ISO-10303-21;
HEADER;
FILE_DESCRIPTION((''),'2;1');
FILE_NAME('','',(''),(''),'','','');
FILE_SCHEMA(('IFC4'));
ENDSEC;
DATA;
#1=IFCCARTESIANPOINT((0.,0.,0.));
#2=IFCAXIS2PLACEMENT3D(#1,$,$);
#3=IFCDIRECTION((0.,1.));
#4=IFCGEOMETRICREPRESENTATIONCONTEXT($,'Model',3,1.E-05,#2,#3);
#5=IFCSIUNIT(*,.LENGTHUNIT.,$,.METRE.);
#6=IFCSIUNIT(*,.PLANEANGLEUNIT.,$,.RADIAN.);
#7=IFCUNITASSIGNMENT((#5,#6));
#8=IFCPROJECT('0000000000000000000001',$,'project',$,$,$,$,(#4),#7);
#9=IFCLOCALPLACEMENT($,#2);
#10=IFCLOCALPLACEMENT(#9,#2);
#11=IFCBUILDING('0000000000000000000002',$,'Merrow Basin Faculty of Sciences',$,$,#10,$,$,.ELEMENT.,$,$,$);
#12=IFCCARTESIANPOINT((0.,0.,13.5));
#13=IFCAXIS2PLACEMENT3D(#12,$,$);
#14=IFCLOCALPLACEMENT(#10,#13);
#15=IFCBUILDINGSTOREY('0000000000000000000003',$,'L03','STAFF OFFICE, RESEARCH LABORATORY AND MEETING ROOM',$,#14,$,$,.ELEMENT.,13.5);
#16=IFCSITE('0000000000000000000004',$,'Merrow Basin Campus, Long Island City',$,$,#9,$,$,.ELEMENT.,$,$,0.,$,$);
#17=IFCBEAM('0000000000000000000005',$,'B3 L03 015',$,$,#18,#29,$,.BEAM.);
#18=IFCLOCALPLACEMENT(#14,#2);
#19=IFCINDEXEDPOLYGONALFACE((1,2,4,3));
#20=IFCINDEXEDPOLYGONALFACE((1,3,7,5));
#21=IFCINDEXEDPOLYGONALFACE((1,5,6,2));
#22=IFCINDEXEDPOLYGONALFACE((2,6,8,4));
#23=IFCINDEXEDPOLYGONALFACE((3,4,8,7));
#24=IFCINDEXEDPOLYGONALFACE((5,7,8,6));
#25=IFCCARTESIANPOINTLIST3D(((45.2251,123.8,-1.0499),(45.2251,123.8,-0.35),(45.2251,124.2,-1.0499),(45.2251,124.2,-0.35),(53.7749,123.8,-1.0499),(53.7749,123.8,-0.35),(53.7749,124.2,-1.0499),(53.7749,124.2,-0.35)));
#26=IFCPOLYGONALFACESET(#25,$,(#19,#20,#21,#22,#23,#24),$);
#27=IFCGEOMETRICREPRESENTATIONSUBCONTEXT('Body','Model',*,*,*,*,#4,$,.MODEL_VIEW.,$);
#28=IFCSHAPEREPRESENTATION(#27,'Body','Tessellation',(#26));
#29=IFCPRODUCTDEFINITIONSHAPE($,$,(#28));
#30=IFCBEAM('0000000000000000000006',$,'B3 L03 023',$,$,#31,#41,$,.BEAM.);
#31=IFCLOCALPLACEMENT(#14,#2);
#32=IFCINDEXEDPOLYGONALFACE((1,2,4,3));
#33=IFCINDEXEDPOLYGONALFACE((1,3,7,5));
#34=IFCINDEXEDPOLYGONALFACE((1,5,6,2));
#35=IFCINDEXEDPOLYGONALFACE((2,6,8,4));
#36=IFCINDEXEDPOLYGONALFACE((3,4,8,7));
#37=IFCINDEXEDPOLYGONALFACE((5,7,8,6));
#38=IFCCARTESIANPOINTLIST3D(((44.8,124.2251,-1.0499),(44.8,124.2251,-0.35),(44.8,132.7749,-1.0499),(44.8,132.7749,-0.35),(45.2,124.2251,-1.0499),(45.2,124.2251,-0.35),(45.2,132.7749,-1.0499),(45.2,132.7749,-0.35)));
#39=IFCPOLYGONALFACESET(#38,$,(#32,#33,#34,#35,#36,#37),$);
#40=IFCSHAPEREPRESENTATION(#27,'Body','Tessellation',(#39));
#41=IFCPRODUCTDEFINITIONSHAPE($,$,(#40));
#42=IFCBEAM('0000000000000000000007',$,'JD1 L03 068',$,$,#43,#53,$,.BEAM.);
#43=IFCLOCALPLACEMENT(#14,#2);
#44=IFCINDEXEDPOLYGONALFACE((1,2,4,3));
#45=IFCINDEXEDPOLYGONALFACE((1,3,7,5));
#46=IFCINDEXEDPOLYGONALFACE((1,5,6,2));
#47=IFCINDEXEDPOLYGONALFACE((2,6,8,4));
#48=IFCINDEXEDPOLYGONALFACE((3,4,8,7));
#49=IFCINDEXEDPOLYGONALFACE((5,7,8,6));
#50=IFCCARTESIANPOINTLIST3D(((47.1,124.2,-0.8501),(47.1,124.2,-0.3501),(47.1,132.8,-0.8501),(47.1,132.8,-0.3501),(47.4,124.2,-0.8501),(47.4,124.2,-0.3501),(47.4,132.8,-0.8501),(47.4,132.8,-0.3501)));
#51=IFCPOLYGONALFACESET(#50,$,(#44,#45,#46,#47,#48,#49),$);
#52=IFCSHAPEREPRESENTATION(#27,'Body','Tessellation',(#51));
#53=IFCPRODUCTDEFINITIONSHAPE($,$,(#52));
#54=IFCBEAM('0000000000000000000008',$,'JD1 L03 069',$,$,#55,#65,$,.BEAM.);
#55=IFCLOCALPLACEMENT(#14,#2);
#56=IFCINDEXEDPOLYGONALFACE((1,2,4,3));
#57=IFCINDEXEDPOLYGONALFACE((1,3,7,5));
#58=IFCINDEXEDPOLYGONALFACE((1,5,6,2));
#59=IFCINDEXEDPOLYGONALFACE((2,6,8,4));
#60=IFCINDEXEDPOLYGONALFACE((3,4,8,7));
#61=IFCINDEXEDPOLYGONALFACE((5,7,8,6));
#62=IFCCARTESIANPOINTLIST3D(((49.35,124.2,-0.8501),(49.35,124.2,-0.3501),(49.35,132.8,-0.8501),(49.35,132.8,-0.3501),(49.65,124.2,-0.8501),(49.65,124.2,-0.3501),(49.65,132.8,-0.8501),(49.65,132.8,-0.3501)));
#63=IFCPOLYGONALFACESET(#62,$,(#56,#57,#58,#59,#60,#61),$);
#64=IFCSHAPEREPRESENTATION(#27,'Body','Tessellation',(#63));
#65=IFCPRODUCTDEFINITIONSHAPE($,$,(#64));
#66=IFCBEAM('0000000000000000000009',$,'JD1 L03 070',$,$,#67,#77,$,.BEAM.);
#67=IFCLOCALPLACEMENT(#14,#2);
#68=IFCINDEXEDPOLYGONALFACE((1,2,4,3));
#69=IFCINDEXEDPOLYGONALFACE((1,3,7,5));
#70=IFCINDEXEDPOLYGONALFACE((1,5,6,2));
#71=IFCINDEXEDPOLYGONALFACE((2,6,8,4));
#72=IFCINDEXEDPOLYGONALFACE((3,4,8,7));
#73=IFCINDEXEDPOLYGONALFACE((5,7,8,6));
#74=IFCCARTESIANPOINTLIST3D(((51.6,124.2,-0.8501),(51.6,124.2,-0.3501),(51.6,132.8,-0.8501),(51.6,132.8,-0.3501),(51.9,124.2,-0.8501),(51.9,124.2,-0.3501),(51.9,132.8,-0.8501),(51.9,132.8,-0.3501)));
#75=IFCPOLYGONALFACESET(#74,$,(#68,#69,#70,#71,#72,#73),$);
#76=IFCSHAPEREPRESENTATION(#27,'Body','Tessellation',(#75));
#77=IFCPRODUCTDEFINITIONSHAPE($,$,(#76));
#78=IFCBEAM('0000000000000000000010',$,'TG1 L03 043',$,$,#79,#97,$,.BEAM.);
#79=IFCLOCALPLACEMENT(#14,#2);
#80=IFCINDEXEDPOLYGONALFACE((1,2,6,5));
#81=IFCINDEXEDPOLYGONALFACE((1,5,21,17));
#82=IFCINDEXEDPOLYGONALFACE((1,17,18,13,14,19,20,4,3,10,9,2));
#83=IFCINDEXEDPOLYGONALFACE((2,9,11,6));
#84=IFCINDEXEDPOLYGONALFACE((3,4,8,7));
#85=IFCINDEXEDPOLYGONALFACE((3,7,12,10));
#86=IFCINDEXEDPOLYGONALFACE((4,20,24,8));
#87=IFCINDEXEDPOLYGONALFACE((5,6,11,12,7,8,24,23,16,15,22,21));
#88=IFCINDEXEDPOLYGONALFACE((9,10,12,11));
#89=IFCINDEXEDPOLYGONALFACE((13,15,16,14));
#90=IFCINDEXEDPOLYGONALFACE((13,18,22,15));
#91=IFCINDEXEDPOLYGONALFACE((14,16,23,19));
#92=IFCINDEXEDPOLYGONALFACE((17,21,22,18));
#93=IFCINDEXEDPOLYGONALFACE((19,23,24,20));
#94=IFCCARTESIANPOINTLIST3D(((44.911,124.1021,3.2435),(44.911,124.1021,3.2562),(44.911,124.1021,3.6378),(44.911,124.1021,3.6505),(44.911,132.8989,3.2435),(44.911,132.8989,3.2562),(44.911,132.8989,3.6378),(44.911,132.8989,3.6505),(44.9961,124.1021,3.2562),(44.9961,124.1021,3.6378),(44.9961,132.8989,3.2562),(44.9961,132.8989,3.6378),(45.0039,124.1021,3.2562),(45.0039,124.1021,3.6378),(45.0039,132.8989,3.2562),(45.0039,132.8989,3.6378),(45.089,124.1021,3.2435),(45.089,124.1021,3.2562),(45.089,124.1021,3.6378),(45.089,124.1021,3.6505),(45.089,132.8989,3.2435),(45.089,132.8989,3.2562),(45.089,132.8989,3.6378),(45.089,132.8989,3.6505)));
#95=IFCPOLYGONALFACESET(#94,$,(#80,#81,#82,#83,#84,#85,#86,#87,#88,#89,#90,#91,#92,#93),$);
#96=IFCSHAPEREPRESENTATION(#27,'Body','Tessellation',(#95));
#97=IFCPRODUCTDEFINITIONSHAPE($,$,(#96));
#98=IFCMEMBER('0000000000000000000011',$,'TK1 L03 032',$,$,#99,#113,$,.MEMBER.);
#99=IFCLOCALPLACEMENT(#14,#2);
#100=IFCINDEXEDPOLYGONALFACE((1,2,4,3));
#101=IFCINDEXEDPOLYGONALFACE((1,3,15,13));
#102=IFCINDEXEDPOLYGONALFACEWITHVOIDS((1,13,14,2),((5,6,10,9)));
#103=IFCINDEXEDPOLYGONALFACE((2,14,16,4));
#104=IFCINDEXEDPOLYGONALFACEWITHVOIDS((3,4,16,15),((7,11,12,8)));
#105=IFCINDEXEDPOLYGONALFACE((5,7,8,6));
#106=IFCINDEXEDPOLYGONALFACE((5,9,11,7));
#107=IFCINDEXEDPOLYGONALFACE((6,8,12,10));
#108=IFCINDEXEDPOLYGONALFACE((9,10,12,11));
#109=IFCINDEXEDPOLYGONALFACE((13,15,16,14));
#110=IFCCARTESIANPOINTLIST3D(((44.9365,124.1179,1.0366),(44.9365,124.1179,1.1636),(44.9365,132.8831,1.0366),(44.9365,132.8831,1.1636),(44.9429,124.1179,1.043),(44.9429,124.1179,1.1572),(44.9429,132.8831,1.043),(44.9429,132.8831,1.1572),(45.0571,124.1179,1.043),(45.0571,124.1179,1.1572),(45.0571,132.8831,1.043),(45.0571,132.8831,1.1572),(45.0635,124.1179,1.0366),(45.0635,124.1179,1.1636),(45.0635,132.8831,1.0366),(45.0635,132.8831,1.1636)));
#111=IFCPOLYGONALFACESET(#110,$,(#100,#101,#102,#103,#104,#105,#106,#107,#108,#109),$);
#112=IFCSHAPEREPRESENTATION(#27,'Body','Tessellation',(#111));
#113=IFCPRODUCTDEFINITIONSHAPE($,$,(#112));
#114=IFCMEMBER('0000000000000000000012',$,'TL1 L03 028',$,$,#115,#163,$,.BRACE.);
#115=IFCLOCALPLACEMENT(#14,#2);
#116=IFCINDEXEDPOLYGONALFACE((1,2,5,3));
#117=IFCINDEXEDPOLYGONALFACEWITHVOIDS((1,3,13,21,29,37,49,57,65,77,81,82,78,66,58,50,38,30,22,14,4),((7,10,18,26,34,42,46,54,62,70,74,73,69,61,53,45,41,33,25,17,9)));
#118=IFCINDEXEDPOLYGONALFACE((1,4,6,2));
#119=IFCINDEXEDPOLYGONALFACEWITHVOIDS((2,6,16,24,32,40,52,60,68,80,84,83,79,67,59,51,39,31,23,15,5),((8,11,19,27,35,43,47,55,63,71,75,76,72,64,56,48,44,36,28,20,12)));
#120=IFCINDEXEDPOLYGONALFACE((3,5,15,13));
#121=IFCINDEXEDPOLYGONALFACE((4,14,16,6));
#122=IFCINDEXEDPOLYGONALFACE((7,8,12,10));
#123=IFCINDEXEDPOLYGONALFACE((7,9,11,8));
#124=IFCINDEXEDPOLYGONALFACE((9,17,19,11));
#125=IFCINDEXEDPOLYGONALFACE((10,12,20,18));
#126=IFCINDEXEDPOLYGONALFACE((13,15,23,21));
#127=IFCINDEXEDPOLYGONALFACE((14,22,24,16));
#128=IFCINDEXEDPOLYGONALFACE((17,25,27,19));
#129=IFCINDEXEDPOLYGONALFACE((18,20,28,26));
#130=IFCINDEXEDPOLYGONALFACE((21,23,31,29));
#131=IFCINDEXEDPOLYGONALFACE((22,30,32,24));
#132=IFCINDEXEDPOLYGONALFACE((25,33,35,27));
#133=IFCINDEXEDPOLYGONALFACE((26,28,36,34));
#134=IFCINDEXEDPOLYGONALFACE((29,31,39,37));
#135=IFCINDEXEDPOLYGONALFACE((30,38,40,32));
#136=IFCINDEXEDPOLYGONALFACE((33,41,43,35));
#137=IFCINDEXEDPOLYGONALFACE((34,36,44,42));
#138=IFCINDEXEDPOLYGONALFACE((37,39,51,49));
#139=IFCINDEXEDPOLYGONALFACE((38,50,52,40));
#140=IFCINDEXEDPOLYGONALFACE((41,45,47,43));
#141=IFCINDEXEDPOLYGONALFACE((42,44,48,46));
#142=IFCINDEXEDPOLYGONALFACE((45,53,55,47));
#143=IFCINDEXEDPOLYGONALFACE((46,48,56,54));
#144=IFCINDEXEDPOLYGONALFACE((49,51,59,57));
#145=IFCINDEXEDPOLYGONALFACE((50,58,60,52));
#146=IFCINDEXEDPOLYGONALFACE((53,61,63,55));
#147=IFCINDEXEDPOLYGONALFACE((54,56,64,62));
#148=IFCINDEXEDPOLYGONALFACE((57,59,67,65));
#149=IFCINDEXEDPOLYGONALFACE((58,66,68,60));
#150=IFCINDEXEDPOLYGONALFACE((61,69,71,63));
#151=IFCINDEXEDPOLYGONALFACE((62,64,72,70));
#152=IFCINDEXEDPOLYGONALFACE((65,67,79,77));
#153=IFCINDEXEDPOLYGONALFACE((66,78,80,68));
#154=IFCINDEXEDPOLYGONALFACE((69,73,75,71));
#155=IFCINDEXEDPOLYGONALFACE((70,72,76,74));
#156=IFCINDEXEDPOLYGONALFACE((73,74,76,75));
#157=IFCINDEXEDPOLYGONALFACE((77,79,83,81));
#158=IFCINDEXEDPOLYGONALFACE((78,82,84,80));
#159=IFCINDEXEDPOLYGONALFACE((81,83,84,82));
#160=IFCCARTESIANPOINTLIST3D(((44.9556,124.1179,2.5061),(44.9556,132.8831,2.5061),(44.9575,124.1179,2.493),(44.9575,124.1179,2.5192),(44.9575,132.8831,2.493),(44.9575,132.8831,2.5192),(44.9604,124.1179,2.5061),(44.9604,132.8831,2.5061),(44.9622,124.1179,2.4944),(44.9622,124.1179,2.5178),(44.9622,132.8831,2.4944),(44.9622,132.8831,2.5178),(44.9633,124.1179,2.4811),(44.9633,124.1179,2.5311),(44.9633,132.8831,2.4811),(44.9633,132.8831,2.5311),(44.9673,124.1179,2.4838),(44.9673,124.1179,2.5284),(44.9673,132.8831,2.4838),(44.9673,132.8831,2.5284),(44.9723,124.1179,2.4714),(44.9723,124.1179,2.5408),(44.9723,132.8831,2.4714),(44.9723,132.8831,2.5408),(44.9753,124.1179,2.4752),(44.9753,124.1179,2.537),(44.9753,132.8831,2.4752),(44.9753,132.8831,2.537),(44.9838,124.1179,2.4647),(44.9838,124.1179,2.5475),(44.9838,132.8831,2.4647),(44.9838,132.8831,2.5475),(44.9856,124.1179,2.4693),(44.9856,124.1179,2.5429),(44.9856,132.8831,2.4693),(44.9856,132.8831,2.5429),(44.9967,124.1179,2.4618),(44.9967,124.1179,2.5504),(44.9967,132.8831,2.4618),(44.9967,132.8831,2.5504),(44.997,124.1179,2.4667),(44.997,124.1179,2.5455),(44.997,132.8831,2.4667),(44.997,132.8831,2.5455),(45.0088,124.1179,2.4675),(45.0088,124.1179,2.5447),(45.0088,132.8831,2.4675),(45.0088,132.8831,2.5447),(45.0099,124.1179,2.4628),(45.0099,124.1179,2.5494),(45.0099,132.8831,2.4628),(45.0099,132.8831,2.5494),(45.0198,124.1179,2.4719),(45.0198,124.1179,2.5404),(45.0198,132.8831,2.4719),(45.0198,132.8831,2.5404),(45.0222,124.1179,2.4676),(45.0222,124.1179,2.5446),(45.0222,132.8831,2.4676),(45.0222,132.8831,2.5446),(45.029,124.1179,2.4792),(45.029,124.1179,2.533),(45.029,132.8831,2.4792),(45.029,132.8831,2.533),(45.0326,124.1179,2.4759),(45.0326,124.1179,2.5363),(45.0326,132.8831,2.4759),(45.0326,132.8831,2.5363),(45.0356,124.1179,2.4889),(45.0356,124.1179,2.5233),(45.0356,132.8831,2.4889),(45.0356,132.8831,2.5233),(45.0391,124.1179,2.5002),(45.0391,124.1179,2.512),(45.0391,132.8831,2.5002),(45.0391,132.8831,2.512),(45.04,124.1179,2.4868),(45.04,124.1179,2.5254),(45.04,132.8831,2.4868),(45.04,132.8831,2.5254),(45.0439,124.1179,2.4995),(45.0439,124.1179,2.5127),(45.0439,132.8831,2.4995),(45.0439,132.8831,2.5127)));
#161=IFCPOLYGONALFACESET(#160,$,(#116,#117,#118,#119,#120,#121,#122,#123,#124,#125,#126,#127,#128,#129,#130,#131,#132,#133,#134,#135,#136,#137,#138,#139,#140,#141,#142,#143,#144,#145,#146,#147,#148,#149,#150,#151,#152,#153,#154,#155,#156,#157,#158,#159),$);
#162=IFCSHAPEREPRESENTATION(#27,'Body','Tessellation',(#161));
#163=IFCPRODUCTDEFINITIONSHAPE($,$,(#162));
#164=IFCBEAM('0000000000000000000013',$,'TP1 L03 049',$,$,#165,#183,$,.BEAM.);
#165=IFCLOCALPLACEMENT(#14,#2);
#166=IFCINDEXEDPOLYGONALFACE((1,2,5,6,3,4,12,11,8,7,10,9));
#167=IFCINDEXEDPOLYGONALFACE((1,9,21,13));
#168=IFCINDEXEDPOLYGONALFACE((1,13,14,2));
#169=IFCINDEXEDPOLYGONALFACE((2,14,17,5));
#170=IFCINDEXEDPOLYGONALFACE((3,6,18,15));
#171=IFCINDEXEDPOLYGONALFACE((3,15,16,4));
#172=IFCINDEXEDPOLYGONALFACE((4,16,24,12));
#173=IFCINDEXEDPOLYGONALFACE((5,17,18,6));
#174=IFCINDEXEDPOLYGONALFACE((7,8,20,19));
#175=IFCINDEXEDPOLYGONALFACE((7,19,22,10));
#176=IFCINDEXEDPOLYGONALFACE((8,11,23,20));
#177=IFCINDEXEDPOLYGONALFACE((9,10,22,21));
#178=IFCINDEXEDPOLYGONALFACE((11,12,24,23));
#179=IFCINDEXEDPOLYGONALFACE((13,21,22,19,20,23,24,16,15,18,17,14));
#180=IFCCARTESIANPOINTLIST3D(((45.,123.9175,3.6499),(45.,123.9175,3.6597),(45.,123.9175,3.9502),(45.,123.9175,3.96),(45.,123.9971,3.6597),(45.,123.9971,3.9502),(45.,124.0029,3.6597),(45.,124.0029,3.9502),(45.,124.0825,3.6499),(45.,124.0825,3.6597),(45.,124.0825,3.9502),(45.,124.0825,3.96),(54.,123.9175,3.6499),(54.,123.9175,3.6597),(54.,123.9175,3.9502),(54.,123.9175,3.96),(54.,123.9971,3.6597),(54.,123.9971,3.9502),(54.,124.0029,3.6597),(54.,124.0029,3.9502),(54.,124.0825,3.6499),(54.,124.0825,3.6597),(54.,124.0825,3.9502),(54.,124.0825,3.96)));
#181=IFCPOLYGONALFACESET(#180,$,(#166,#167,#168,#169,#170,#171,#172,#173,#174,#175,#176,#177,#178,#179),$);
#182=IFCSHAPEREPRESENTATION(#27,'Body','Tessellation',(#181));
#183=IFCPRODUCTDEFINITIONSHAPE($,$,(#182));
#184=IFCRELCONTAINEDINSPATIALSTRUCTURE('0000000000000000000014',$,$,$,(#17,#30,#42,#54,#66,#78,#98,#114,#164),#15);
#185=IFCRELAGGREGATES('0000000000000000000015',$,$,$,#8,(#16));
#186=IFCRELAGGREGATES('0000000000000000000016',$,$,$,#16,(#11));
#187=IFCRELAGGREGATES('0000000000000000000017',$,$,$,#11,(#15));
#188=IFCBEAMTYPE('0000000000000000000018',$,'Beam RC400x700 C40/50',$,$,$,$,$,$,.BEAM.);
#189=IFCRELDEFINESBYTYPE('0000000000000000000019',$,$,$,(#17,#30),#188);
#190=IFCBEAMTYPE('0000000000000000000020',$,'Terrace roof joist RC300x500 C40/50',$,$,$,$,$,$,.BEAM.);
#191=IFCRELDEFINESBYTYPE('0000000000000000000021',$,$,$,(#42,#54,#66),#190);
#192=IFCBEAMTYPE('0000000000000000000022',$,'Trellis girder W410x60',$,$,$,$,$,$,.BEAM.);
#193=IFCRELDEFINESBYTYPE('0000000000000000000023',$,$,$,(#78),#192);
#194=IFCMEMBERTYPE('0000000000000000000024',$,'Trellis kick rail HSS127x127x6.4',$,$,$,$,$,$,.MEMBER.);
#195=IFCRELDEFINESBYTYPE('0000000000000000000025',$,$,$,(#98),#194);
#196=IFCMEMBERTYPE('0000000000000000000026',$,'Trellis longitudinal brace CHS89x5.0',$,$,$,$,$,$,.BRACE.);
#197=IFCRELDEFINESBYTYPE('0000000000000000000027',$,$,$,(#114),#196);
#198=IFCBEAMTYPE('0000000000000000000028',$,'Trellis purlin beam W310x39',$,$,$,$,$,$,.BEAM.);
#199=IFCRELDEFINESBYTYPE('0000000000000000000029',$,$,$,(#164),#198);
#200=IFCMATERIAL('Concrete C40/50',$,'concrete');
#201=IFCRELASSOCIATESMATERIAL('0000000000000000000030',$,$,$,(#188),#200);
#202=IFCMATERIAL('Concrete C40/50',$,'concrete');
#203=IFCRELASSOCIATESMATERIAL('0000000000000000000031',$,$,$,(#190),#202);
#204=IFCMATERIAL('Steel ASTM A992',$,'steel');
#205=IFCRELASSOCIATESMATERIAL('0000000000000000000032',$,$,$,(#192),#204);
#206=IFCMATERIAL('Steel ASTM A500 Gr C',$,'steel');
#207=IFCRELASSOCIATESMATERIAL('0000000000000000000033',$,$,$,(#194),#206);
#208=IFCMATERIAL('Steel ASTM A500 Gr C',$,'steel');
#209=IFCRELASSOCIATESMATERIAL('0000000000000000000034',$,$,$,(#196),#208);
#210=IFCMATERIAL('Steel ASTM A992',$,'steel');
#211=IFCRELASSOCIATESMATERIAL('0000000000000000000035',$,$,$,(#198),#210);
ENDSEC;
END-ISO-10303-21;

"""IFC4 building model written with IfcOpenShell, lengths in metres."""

from ifc_helpers import new_model, si_unit, direction, frame, origin, origin_2d, place, context, subcontext, project, spatial, rectangle, hollow_rectangle, hollow_circle, i_section, extrude, material, material_profile, profile_set, type_object, element, save


model = new_model("IFC4")

# Units and contexts
model_context = context("Model", 3, precision=1e-05, world=origin(), true_north=direction((0.0, 1.0)))
body_context = subcontext(model_context, "Body", "Model", "MODEL_VIEW")
ifc_project = project(units=[si_unit("LENGTHUNIT", "METRE"), si_unit("PLANEANGLEUNIT", "RADIAN")], contexts=[model_context])

# Site, building, storey
site_placement = place(None, origin())
site = spatial("IfcSite", under=ifc_project, at=site_placement, Name="Merrow Basin Campus, Long Island City", CompositionType="ELEMENT", RefElevation=0.0)
building_placement = place(site_placement, origin())
building = spatial("IfcBuilding", under=site, at=building_placement, Name="Merrow Basin Faculty of Sciences", CompositionType="ELEMENT")
storey_placement = place(building_placement, frame((0.0, 0.0, 13.5)))
storey = spatial("IfcBuildingStorey", under=building, at=storey_placement, Name="L03", Description="STAFF OFFICE, RESEARCH LABORATORY AND MEETING ROOM", CompositionType="ELEMENT", Elevation=13.5)

# Beams
ifc_material_1 = material(Name="Concrete C40/50", Category="concrete")
ifc_material_profile_1 = material_profile(ifc_material_1, rectangle(XDim=0.3999, YDim=0.7, at=origin_2d()))
ifc_profile_set_1 = profile_set([ifc_material_profile_1], Name="Concrete C40/50")
beam_type_1 = type_object("IfcBeamType", Name="Beam RC400x700 C40/50", PredefinedType="BEAM", material=ifc_profile_set_1)
for number, where, z_axis, x_axis, name in (
    (1, (45.2251, 124.0, -0.7), (1.0, 0.0, 0.0), (0.0, 1.0, 0.0), "B3 L03 015"),
    (2, (45.0, 124.2251, -0.7), (0.0, 1.0, 0.0), (-1.0, 0.0, 0.0), "B3 L03 023"),
):
    element("IfcBeam", number, at=place(storey_placement, frame(where, z_axis=z_axis, x_axis=x_axis)), inside=storey, type_object=beam_type_1, Name=name, PredefinedType="BEAM", context=body_context, shape_type="SweptSolid", body=[
        extrude(rectangle(XDim=0.3999, YDim=0.7, at=origin_2d()), origin(), (0.0, 0.0, 1.0), 8.5498),
    ])
ifc_material_2 = material(Name="Concrete C40/50", Category="concrete")
ifc_material_profile_2 = material_profile(ifc_material_2, rectangle(XDim=0.3, YDim=0.5, at=origin_2d()))
ifc_profile_set_2 = profile_set([ifc_material_profile_2], Name="Concrete C40/50")
beam_type_2 = type_object("IfcBeamType", Name="Terrace roof joist RC300x500 C40/50", PredefinedType="BEAM", material=ifc_profile_set_2)
for number, where, z_axis, x_axis, name in (
    (3, (47.25, 124.2, -0.6001), (0.0, 1.0, 0.0), (-1.0, 0.0, 0.0), "JD1 L03 068"),
    (4, (49.5, 124.2, -0.6001), (0.0, 1.0, 0.0), (-1.0, 0.0, 0.0), "JD1 L03 069"),
    (5, (51.75, 124.2, -0.6001), (0.0, 1.0, 0.0), (-1.0, 0.0, 0.0), "JD1 L03 070"),
):
    element("IfcBeam", number, at=place(storey_placement, frame(where, z_axis=z_axis, x_axis=x_axis)), inside=storey, type_object=beam_type_2, Name=name, PredefinedType="BEAM", context=body_context, shape_type="SweptSolid", body=[
        extrude(rectangle(XDim=0.3, YDim=0.5, at=origin_2d()), origin(), (0.0, 0.0, 1.0), 8.6001),
    ])
ifc_material_3 = material(Name="Steel ASTM A992", Category="steel")
ifc_material_profile_3 = material_profile(ifc_material_3, i_section(OverallWidth=0.178, OverallDepth=0.407, WebThickness=0.0078, FlangeThickness=0.0127, at=origin_2d()))
ifc_profile_set_3 = profile_set([ifc_material_profile_3], Name="Steel ASTM A992")
beam_type_3 = type_object("IfcBeamType", Name="Trellis girder W410x60", PredefinedType="BEAM", material=ifc_profile_set_3)
beam_placement = place(storey_placement, frame((45.0, 124.1021, 3.447), z_axis=(0.0, 1.0, 0.0), x_axis=(-1.0, 0.0, 0.0)))
element("IfcBeam", 6, at=beam_placement, inside=storey, type_object=beam_type_3, Name="TG1 L03 043", PredefinedType="BEAM", context=body_context, shape_type="SweptSolid", body=[
    extrude(i_section(OverallWidth=0.178, OverallDepth=0.407, WebThickness=0.0078, FlangeThickness=0.0127, at=origin_2d()), origin(), (0.0, 0.0, 1.0), 8.7969),
])

# Members
ifc_material_4 = material(Name="Steel ASTM A500 Gr C", Category="steel")
ifc_material_profile_4 = material_profile(ifc_material_4, hollow_rectangle(XDim=0.127, YDim=0.127, WallThickness=0.0063, at=origin_2d()))
ifc_profile_set_4 = profile_set([ifc_material_profile_4], Name="Steel ASTM A500 Gr C")
member_type_1 = type_object("IfcMemberType", Name="Trellis kick rail HSS127x127x6.4", PredefinedType="MEMBER", material=ifc_profile_set_4)
member_1_placement = place(storey_placement, frame((45.0, 124.1179, 1.1001), z_axis=(0.0, 1.0, 0.0), x_axis=(-1.0, 0.0, 0.0)))
element("IfcMember", 7, at=member_1_placement, inside=storey, type_object=member_type_1, Name="TK1 L03 032", PredefinedType="MEMBER", context=body_context, shape_type="SweptSolid", body=[
    extrude(hollow_rectangle(XDim=0.127, YDim=0.127, WallThickness=0.0063, at=origin_2d()), origin(), (0.0, 0.0, 1.0), 8.7651),
])
ifc_material_5 = material(Name="Steel ASTM A500 Gr C", Category="steel")
ifc_material_profile_5 = material_profile(ifc_material_5, hollow_circle(Radius=0.0444, WallThickness=0.0049, at=origin_2d()))
ifc_profile_set_5 = profile_set([ifc_material_profile_5], Name="Steel ASTM A500 Gr C")
member_type_2 = type_object("IfcMemberType", Name="Trellis longitudinal brace CHS89x5.0", PredefinedType="BRACE", material=ifc_profile_set_5)
member_2_placement = place(storey_placement, frame((45.0, 124.1179, 2.5061), z_axis=(0.0, 1.0, 0.0), x_axis=(-1.0, 0.0, 0.0)))
element("IfcMember", 8, at=member_2_placement, inside=storey, type_object=member_type_2, Name="TL1 L03 028", PredefinedType="BRACE", context=body_context, shape_type="SweptSolid", body=[
    extrude(hollow_circle(Radius=0.0444, WallThickness=0.0049, at=origin_2d()), origin(), (0.0, 0.0, 1.0), 8.7651),
])

# Beam
ifc_material_6 = material(Name="Steel ASTM A992", Category="steel")
ifc_material_profile_6 = material_profile(ifc_material_6, i_section(OverallWidth=0.165, OverallDepth=0.3101, WebThickness=0.0059, FlangeThickness=0.0098, at=origin_2d()))
ifc_profile_set_6 = profile_set([ifc_material_profile_6], Name="Steel ASTM A992")
beam_type_4 = type_object("IfcBeamType", Name="Trellis purlin beam W310x39", PredefinedType="BEAM", material=ifc_profile_set_6)
for number, where, z_axis, x_axis, name in (
    (9, (45.0, 124.0, 3.8049), (1.0, 0.0, 0.0), (0.0, 1.0, 0.0), "TP1 L03 049"),
):
    element("IfcBeam", number, at=place(storey_placement, frame(where, z_axis=z_axis, x_axis=x_axis)), inside=storey, type_object=beam_type_4, Name=name, PredefinedType="BEAM", context=body_context, shape_type="SweptSolid", body=[
        extrude(i_section(OverallWidth=0.165, OverallDepth=0.3101, WebThickness=0.0059, FlangeThickness=0.0098, at=origin_2d()), origin(), (0.0, 0.0, 1.0), 9.0),
    ])

save(model, "model.ifc")
